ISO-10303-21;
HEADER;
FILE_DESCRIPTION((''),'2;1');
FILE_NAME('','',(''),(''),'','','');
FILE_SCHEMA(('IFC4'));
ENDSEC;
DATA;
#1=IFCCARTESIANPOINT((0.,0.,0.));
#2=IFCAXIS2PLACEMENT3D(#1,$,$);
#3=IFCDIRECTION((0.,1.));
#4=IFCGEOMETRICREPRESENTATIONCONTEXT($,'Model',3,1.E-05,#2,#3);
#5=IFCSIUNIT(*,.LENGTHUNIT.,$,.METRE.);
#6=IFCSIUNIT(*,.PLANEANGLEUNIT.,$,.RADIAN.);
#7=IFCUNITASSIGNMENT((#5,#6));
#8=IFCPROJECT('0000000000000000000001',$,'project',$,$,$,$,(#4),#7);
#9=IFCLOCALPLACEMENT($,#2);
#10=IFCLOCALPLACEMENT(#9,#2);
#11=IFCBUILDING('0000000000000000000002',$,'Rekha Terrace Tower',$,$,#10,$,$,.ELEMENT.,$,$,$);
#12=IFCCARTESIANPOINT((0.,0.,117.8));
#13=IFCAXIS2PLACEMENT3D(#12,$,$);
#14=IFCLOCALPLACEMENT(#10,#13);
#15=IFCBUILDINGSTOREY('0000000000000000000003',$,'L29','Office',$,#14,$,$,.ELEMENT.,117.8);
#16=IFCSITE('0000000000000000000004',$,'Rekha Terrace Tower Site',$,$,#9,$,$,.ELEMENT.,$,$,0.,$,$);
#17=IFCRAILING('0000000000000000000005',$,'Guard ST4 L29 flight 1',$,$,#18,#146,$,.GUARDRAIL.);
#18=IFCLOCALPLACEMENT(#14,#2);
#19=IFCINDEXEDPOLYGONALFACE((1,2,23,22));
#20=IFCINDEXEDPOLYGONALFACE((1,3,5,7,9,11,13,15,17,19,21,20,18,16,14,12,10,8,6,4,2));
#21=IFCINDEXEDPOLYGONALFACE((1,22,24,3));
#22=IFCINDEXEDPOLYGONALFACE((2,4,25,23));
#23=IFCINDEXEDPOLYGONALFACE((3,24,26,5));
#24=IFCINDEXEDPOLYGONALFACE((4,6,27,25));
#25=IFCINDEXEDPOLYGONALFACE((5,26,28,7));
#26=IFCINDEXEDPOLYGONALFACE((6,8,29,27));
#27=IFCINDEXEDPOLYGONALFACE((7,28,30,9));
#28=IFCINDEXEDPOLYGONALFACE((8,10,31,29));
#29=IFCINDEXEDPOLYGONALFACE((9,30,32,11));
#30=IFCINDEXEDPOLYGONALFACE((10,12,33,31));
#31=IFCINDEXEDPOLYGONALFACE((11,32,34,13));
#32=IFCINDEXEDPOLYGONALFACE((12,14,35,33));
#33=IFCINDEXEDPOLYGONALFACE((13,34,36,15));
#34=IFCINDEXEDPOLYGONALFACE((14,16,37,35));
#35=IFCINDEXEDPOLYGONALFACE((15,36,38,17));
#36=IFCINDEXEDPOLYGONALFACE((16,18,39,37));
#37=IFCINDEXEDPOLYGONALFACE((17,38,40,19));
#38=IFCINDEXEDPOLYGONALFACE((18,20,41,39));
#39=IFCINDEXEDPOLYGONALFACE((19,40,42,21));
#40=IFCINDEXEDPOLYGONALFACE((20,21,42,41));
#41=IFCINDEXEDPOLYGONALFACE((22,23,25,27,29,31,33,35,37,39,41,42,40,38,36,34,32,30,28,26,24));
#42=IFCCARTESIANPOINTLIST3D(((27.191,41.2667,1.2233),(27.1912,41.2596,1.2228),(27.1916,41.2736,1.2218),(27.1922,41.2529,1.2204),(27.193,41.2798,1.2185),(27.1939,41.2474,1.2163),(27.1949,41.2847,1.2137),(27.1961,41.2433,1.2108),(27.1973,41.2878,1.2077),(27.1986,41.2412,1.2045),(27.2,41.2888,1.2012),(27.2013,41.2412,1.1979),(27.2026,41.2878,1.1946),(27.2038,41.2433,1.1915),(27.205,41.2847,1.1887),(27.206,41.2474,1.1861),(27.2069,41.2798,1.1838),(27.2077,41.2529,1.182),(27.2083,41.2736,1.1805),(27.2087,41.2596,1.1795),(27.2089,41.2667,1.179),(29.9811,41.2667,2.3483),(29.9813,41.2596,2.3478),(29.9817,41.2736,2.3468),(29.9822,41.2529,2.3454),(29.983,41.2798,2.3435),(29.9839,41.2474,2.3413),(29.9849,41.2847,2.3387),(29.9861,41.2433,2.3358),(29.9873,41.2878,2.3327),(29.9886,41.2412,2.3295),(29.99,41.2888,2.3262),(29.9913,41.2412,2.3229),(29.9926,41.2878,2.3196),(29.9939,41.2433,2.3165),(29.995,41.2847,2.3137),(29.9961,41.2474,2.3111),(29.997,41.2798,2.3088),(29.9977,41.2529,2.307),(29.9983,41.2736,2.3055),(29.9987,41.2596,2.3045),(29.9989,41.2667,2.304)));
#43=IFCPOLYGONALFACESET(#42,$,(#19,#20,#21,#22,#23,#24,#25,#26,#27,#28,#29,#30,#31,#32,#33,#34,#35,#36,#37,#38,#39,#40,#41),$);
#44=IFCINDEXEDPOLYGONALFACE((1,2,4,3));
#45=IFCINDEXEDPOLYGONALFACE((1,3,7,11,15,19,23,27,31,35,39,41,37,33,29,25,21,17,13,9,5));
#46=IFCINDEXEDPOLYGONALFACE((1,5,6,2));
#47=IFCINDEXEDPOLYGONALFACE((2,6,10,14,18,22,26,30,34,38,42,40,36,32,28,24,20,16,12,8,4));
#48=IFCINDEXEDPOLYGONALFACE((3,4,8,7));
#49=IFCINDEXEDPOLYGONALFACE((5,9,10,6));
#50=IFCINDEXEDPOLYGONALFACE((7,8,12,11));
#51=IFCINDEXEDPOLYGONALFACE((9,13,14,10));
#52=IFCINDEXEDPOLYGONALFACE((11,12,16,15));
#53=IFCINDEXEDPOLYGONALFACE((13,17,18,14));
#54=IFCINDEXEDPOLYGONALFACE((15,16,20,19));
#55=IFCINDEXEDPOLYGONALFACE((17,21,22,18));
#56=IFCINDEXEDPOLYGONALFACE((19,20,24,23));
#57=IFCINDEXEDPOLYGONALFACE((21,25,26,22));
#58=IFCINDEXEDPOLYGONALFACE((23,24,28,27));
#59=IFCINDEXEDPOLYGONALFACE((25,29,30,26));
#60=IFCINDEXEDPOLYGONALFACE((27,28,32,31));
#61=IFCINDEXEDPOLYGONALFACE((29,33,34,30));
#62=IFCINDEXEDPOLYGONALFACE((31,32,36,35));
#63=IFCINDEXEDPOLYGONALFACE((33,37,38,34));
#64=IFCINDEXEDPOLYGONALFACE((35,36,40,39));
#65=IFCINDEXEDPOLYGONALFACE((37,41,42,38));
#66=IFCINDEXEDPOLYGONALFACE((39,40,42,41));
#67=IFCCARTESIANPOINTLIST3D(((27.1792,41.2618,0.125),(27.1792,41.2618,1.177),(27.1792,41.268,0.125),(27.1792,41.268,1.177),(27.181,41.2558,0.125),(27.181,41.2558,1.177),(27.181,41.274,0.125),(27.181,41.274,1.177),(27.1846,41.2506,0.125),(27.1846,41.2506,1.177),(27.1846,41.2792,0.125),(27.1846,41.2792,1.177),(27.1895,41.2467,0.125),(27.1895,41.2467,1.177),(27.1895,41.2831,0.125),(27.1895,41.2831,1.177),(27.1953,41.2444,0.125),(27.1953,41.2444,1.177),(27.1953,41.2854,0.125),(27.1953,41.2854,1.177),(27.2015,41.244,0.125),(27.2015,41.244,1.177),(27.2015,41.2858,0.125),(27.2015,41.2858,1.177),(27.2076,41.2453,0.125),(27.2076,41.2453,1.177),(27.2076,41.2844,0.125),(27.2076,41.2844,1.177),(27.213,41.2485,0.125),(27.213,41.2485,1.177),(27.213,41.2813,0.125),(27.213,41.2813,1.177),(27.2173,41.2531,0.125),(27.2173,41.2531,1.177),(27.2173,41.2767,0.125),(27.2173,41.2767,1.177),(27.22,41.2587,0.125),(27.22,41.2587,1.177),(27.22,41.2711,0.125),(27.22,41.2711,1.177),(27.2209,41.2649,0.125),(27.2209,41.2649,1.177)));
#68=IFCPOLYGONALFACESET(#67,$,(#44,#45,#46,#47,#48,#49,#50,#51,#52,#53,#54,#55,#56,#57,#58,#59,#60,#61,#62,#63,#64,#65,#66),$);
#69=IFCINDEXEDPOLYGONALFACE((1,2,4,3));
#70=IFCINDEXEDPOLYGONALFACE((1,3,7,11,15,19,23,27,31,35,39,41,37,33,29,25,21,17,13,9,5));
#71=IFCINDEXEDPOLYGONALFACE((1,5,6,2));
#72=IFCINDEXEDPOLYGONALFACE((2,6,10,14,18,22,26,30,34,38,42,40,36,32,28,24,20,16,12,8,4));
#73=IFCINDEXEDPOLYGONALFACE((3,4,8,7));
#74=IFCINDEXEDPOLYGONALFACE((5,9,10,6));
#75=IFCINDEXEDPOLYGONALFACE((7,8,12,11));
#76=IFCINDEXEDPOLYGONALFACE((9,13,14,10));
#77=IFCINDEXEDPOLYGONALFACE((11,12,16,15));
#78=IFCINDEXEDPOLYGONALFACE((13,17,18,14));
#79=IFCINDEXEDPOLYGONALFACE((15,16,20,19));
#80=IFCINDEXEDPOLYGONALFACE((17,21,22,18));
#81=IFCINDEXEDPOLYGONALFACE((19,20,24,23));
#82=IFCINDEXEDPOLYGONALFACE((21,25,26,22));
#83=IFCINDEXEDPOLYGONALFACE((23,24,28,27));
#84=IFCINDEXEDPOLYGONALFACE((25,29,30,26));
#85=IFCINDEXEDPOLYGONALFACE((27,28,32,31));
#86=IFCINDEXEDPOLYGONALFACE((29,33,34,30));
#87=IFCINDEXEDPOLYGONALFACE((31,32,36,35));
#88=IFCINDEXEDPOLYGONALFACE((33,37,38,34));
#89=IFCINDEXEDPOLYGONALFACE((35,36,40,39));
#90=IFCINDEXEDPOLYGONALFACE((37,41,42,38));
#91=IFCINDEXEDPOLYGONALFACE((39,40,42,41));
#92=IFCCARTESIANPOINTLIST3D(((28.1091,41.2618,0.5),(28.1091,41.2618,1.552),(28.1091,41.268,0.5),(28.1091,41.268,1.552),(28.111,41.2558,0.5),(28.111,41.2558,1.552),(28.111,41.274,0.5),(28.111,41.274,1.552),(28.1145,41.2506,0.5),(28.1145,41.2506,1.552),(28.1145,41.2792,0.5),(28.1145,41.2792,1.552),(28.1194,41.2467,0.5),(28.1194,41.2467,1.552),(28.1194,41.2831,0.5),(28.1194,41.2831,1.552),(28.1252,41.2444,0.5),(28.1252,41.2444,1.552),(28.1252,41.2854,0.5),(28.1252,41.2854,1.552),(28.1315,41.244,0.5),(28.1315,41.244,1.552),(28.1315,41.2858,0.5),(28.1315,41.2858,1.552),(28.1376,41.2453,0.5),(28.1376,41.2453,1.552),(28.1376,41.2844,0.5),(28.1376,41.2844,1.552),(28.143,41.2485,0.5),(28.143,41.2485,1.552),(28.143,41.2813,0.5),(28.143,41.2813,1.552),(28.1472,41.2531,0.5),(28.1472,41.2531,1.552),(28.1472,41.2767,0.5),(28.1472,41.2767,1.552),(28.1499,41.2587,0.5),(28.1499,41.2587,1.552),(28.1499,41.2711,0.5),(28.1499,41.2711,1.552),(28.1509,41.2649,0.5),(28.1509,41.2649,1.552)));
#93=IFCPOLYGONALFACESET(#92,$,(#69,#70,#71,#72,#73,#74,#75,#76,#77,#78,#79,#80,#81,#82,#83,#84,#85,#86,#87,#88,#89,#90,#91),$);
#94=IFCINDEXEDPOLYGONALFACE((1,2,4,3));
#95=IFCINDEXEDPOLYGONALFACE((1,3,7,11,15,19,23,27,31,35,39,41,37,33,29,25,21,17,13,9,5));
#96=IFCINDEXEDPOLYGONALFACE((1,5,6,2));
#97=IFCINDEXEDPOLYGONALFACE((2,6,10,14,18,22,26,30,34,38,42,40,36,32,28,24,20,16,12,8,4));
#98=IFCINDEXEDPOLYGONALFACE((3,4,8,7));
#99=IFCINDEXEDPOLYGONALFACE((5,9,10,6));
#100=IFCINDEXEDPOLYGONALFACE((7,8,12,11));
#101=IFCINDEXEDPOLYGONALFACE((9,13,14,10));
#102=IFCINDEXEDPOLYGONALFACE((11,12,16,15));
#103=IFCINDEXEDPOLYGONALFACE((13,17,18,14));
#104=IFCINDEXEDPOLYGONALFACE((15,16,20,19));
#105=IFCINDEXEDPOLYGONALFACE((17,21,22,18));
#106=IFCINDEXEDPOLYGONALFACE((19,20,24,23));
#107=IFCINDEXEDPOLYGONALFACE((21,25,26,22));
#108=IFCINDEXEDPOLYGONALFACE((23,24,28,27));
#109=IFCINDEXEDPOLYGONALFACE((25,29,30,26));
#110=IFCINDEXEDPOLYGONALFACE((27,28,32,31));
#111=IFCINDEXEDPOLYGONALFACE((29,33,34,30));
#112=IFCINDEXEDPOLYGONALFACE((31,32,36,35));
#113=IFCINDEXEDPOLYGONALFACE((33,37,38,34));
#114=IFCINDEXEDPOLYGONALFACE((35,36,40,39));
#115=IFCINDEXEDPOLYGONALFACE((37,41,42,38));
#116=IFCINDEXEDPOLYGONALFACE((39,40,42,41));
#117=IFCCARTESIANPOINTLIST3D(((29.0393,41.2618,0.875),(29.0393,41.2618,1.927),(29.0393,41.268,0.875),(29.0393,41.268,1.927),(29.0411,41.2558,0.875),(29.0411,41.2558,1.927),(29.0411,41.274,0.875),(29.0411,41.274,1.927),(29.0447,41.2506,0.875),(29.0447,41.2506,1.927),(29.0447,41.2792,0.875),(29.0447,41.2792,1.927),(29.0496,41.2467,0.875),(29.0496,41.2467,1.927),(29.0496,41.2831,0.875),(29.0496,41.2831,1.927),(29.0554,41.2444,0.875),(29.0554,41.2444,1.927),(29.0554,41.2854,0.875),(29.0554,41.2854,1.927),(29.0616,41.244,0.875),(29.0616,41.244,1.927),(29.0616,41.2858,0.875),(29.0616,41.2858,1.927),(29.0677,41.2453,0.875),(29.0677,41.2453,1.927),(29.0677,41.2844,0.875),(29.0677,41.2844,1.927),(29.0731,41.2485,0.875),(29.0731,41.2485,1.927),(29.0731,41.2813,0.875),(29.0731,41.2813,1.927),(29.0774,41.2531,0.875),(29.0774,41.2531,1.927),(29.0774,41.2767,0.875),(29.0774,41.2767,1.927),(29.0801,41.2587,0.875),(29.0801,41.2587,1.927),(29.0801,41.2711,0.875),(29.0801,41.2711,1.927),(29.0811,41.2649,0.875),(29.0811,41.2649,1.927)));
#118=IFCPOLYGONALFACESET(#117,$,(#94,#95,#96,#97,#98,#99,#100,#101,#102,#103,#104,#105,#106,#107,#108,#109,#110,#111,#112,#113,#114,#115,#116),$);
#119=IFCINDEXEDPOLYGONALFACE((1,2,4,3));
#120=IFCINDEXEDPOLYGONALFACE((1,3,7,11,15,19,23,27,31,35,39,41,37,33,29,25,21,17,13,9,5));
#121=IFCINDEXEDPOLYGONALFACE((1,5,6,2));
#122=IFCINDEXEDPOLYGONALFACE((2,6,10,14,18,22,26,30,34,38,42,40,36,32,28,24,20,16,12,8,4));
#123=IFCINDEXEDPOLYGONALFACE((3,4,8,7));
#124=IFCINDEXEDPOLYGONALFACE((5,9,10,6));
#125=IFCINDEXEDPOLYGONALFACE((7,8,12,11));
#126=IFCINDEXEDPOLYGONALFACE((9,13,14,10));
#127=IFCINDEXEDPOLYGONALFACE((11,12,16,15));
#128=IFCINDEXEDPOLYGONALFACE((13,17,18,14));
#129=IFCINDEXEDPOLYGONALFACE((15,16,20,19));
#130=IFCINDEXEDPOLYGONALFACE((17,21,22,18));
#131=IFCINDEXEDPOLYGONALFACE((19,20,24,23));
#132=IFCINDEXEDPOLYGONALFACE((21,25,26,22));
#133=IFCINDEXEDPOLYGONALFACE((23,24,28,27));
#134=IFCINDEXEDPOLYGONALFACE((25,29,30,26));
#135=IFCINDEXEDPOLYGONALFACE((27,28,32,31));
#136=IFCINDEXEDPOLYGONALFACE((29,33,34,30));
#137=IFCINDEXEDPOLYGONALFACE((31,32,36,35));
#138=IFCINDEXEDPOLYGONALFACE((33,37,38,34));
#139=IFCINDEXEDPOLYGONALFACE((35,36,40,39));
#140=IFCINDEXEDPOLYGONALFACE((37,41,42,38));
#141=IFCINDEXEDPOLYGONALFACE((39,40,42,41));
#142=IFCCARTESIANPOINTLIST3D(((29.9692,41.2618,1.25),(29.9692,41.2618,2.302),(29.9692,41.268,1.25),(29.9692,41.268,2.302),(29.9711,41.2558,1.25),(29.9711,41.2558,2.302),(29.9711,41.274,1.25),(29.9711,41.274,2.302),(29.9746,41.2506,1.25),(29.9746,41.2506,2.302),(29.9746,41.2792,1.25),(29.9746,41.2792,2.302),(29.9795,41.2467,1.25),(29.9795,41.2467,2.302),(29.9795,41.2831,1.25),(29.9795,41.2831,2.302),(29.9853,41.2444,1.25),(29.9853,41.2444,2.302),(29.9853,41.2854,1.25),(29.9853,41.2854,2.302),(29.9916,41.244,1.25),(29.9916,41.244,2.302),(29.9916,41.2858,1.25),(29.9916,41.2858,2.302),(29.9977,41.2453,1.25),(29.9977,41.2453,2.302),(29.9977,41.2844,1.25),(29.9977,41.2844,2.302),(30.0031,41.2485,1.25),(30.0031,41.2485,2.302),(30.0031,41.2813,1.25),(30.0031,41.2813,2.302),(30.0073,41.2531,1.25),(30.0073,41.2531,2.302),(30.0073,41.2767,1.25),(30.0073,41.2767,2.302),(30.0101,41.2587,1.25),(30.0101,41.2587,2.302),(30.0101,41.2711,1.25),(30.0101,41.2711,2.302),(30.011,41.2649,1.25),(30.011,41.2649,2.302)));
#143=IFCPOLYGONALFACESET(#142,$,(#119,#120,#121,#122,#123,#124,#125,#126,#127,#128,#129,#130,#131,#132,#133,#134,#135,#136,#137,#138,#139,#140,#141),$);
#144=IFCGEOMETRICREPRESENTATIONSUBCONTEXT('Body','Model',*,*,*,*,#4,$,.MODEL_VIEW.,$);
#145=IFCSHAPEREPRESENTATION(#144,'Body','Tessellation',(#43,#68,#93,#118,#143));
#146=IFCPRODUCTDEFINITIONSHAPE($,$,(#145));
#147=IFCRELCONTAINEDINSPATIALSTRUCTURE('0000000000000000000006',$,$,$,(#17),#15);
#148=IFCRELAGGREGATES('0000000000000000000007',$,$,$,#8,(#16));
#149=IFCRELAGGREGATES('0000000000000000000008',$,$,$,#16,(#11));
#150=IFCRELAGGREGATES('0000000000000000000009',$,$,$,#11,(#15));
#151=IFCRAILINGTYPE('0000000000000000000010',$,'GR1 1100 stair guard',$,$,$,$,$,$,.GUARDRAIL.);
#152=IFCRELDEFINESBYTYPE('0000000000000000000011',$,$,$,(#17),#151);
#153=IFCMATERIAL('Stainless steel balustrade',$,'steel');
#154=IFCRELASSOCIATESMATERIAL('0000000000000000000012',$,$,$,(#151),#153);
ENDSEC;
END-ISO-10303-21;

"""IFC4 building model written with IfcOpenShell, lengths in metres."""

from ifc_helpers import new_model, si_unit, direction, frame, origin, origin_2d, place, context, subcontext, project, spatial, circle, extrude, material, type_object, element, save


model = new_model("IFC4")

# Units and contexts
model_context = context("Model", 3, precision=1e-05, world=origin(), true_north=direction((0.0, 1.0)))
body_context = subcontext(model_context, "Body", "Model", "MODEL_VIEW")
ifc_project = project(units=[si_unit("LENGTHUNIT", "METRE"), si_unit("PLANEANGLEUNIT", "RADIAN")], contexts=[model_context])

# Site, building, storey
site_placement = place(None, origin())
site = spatial("IfcSite", under=ifc_project, at=site_placement, Name="Rekha Terrace Tower Site", CompositionType="ELEMENT", RefElevation=0.0)
building_placement = place(site_placement, origin())
building = spatial("IfcBuilding", under=site, at=building_placement, Name="Rekha Terrace Tower", CompositionType="ELEMENT")
storey_placement = place(building_placement, frame((0.0, 0.0, 117.8)))
storey = spatial("IfcBuildingStorey", under=building, at=storey_placement, Name="L29", Description="Office", CompositionType="ELEMENT", Elevation=117.8)

# Railing
ifc_material_1 = material(Name="Stainless steel balustrade", Category="steel")
railing_type_1 = type_object("IfcRailingType", Name="GR1 1100 stair guard", PredefinedType="GUARDRAIL", material=ifc_material_1)
railing_1_placement = place(storey_placement, frame((27.2, 41.2649, 0.125)))
element("IfcRailing", 1, at=railing_1_placement, inside=storey, type_object=railing_type_1, Name="Guard ST4 L29 flight 1", PredefinedType="GUARDRAIL", context=body_context, shape_type="SweptSolid", body=[
    extrude(circle(Radius=0.0239, at=origin_2d()), frame((0.0, 0.0, 1.0762), z_axis=(0.927443, 0.0, 0.373964), x_axis=(0.0, 1.0, 0.0)), (0.0, 0.0, 1.0), 3.0083),
    extrude(circle(Radius=0.021, at=origin_2d()), origin(), (0.0, 0.0, 1.0), 1.052),
    extrude(circle(Radius=0.021, at=origin_2d()), frame((0.9299, 0.0, 0.375)), (0.0, 0.0, 1.0), 1.052),
    extrude(circle(Radius=0.021, at=origin_2d()), frame((1.8601, 0.0, 0.75)), (0.0, 0.0, 1.0), 1.052),
    extrude(circle(Radius=0.021, at=origin_2d()), frame((2.79, 0.0, 1.125)), (0.0, 0.0, 1.0), 1.052),
])

save(model, "model.ifc")
